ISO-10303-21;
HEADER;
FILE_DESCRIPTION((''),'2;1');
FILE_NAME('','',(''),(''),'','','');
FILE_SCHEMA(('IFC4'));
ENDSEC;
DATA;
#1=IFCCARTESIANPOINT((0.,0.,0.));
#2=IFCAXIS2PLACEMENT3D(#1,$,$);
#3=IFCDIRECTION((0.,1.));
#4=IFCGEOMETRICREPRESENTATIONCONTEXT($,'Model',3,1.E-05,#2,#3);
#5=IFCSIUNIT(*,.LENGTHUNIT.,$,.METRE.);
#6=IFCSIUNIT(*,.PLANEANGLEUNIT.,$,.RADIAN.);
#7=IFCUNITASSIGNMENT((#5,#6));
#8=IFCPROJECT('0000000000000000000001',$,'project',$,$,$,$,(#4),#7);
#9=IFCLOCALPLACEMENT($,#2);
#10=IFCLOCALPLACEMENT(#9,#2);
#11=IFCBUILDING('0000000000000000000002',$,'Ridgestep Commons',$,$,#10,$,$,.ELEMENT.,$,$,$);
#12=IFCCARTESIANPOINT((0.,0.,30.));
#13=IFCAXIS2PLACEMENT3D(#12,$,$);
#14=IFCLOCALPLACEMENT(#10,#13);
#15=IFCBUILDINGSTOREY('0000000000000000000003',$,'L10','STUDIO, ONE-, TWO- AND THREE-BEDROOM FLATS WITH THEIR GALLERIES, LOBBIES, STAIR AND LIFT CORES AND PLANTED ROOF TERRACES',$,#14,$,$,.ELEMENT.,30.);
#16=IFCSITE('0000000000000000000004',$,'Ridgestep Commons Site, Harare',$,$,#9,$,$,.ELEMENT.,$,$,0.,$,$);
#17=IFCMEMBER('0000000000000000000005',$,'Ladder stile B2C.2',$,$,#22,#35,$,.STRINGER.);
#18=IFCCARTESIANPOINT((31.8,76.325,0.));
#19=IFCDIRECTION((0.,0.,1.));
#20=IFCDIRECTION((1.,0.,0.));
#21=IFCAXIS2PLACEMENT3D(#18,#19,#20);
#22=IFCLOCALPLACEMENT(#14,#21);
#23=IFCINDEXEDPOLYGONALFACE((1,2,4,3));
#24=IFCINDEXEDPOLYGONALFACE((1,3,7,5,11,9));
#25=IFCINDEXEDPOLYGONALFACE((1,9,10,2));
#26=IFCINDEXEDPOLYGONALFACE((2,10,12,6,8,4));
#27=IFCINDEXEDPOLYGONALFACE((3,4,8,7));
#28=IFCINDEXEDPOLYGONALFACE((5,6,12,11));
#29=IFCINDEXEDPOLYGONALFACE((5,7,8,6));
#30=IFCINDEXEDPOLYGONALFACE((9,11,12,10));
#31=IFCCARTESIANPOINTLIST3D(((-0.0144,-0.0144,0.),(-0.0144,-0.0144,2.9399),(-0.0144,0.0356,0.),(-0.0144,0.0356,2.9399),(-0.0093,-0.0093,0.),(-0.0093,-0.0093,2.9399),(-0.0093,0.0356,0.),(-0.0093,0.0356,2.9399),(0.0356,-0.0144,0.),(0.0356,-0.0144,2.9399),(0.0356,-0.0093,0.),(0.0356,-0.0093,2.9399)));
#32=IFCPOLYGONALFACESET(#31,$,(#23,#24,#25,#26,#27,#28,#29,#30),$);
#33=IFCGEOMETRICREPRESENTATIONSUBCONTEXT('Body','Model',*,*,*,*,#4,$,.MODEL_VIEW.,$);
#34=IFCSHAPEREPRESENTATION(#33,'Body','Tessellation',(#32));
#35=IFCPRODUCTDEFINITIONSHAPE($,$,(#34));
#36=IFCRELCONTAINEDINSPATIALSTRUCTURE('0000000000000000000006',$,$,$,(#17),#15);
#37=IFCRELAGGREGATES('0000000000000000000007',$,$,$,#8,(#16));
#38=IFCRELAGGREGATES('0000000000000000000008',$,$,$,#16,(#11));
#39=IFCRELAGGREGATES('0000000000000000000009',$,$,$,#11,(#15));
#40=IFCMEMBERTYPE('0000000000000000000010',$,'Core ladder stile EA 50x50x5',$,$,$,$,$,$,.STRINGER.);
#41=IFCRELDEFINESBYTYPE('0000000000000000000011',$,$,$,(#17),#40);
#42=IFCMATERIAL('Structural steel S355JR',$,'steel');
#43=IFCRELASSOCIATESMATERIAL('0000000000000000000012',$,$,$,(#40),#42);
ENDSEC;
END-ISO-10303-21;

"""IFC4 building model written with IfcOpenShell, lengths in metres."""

from ifc_helpers import new_model, si_unit, direction, frame, origin, place, context, subcontext, project, spatial, polyline, outline, extrude, material, material_profile, profile_set, type_object, element, save


model = new_model("IFC4")

# Units and contexts
model_context = context("Model", 3, precision=1e-05, world=origin(), true_north=direction((0.0, 1.0)))
body_context = subcontext(model_context, "Body", "Model", "MODEL_VIEW")
ifc_project = project(units=[si_unit("LENGTHUNIT", "METRE"), si_unit("PLANEANGLEUNIT", "RADIAN")], contexts=[model_context])

# Site, building, storey
site_placement = place(None, origin())
site = spatial("IfcSite", under=ifc_project, at=site_placement, Name="Ridgestep Commons Site, Harare", CompositionType="ELEMENT", RefElevation=0.0)
building_placement = place(site_placement, origin())
building = spatial("IfcBuilding", under=site, at=building_placement, Name="Ridgestep Commons", CompositionType="ELEMENT")
storey_placement = place(building_placement, frame((0.0, 0.0, 30.0)))
storey = spatial("IfcBuildingStorey", under=building, at=storey_placement, Name="L10", Description="STUDIO, ONE-, TWO- AND THREE-BEDROOM FLATS WITH THEIR GALLERIES, LOBBIES, STAIR AND LIFT CORES AND PLANTED ROOF TERRACES", CompositionType="ELEMENT", Elevation=30.0)

# Member
ifc_material_1 = material(Name="Structural steel S355JR", Category="steel")
ifc_material_profile_1 = material_profile(ifc_material_1, outline(polyline([(-0.0144, -0.0144), (0.0356, -0.0144), (0.0356, -0.0093), (-0.0093, -0.0093), (-0.0093, 0.0356), (-0.0144, 0.0356), (-0.0144, -0.0144)])), Name="EA 50x50x5")
ifc_profile_set_1 = profile_set([ifc_material_profile_1], Name="Structural steel S355JR")
member_type_1 = type_object("IfcMemberType", Name="Core ladder stile EA 50x50x5", PredefinedType="STRINGER", material=ifc_profile_set_1)
member_1_placement = place(storey_placement, frame((31.8, 76.325, 0.0), z_axis=(0.0, 0.0, 1.0), x_axis=(1.0, 0.0, 0.0)))
element("IfcMember", 1, at=member_1_placement, inside=storey, type_object=member_type_1, Name="Ladder stile B2C.2", PredefinedType="STRINGER", context=body_context, shape_type="SweptSolid", body=[
    extrude(outline(polyline([(-0.0144, -0.0144), (0.0356, -0.0144), (0.0356, -0.0093), (-0.0093, -0.0093), (-0.0093, 0.0356), (-0.0144, 0.0356), (-0.0144, -0.0144)])), origin(), (0.0, 0.0, 1.0), 2.9399),
])

save(model, "model.ifc")
